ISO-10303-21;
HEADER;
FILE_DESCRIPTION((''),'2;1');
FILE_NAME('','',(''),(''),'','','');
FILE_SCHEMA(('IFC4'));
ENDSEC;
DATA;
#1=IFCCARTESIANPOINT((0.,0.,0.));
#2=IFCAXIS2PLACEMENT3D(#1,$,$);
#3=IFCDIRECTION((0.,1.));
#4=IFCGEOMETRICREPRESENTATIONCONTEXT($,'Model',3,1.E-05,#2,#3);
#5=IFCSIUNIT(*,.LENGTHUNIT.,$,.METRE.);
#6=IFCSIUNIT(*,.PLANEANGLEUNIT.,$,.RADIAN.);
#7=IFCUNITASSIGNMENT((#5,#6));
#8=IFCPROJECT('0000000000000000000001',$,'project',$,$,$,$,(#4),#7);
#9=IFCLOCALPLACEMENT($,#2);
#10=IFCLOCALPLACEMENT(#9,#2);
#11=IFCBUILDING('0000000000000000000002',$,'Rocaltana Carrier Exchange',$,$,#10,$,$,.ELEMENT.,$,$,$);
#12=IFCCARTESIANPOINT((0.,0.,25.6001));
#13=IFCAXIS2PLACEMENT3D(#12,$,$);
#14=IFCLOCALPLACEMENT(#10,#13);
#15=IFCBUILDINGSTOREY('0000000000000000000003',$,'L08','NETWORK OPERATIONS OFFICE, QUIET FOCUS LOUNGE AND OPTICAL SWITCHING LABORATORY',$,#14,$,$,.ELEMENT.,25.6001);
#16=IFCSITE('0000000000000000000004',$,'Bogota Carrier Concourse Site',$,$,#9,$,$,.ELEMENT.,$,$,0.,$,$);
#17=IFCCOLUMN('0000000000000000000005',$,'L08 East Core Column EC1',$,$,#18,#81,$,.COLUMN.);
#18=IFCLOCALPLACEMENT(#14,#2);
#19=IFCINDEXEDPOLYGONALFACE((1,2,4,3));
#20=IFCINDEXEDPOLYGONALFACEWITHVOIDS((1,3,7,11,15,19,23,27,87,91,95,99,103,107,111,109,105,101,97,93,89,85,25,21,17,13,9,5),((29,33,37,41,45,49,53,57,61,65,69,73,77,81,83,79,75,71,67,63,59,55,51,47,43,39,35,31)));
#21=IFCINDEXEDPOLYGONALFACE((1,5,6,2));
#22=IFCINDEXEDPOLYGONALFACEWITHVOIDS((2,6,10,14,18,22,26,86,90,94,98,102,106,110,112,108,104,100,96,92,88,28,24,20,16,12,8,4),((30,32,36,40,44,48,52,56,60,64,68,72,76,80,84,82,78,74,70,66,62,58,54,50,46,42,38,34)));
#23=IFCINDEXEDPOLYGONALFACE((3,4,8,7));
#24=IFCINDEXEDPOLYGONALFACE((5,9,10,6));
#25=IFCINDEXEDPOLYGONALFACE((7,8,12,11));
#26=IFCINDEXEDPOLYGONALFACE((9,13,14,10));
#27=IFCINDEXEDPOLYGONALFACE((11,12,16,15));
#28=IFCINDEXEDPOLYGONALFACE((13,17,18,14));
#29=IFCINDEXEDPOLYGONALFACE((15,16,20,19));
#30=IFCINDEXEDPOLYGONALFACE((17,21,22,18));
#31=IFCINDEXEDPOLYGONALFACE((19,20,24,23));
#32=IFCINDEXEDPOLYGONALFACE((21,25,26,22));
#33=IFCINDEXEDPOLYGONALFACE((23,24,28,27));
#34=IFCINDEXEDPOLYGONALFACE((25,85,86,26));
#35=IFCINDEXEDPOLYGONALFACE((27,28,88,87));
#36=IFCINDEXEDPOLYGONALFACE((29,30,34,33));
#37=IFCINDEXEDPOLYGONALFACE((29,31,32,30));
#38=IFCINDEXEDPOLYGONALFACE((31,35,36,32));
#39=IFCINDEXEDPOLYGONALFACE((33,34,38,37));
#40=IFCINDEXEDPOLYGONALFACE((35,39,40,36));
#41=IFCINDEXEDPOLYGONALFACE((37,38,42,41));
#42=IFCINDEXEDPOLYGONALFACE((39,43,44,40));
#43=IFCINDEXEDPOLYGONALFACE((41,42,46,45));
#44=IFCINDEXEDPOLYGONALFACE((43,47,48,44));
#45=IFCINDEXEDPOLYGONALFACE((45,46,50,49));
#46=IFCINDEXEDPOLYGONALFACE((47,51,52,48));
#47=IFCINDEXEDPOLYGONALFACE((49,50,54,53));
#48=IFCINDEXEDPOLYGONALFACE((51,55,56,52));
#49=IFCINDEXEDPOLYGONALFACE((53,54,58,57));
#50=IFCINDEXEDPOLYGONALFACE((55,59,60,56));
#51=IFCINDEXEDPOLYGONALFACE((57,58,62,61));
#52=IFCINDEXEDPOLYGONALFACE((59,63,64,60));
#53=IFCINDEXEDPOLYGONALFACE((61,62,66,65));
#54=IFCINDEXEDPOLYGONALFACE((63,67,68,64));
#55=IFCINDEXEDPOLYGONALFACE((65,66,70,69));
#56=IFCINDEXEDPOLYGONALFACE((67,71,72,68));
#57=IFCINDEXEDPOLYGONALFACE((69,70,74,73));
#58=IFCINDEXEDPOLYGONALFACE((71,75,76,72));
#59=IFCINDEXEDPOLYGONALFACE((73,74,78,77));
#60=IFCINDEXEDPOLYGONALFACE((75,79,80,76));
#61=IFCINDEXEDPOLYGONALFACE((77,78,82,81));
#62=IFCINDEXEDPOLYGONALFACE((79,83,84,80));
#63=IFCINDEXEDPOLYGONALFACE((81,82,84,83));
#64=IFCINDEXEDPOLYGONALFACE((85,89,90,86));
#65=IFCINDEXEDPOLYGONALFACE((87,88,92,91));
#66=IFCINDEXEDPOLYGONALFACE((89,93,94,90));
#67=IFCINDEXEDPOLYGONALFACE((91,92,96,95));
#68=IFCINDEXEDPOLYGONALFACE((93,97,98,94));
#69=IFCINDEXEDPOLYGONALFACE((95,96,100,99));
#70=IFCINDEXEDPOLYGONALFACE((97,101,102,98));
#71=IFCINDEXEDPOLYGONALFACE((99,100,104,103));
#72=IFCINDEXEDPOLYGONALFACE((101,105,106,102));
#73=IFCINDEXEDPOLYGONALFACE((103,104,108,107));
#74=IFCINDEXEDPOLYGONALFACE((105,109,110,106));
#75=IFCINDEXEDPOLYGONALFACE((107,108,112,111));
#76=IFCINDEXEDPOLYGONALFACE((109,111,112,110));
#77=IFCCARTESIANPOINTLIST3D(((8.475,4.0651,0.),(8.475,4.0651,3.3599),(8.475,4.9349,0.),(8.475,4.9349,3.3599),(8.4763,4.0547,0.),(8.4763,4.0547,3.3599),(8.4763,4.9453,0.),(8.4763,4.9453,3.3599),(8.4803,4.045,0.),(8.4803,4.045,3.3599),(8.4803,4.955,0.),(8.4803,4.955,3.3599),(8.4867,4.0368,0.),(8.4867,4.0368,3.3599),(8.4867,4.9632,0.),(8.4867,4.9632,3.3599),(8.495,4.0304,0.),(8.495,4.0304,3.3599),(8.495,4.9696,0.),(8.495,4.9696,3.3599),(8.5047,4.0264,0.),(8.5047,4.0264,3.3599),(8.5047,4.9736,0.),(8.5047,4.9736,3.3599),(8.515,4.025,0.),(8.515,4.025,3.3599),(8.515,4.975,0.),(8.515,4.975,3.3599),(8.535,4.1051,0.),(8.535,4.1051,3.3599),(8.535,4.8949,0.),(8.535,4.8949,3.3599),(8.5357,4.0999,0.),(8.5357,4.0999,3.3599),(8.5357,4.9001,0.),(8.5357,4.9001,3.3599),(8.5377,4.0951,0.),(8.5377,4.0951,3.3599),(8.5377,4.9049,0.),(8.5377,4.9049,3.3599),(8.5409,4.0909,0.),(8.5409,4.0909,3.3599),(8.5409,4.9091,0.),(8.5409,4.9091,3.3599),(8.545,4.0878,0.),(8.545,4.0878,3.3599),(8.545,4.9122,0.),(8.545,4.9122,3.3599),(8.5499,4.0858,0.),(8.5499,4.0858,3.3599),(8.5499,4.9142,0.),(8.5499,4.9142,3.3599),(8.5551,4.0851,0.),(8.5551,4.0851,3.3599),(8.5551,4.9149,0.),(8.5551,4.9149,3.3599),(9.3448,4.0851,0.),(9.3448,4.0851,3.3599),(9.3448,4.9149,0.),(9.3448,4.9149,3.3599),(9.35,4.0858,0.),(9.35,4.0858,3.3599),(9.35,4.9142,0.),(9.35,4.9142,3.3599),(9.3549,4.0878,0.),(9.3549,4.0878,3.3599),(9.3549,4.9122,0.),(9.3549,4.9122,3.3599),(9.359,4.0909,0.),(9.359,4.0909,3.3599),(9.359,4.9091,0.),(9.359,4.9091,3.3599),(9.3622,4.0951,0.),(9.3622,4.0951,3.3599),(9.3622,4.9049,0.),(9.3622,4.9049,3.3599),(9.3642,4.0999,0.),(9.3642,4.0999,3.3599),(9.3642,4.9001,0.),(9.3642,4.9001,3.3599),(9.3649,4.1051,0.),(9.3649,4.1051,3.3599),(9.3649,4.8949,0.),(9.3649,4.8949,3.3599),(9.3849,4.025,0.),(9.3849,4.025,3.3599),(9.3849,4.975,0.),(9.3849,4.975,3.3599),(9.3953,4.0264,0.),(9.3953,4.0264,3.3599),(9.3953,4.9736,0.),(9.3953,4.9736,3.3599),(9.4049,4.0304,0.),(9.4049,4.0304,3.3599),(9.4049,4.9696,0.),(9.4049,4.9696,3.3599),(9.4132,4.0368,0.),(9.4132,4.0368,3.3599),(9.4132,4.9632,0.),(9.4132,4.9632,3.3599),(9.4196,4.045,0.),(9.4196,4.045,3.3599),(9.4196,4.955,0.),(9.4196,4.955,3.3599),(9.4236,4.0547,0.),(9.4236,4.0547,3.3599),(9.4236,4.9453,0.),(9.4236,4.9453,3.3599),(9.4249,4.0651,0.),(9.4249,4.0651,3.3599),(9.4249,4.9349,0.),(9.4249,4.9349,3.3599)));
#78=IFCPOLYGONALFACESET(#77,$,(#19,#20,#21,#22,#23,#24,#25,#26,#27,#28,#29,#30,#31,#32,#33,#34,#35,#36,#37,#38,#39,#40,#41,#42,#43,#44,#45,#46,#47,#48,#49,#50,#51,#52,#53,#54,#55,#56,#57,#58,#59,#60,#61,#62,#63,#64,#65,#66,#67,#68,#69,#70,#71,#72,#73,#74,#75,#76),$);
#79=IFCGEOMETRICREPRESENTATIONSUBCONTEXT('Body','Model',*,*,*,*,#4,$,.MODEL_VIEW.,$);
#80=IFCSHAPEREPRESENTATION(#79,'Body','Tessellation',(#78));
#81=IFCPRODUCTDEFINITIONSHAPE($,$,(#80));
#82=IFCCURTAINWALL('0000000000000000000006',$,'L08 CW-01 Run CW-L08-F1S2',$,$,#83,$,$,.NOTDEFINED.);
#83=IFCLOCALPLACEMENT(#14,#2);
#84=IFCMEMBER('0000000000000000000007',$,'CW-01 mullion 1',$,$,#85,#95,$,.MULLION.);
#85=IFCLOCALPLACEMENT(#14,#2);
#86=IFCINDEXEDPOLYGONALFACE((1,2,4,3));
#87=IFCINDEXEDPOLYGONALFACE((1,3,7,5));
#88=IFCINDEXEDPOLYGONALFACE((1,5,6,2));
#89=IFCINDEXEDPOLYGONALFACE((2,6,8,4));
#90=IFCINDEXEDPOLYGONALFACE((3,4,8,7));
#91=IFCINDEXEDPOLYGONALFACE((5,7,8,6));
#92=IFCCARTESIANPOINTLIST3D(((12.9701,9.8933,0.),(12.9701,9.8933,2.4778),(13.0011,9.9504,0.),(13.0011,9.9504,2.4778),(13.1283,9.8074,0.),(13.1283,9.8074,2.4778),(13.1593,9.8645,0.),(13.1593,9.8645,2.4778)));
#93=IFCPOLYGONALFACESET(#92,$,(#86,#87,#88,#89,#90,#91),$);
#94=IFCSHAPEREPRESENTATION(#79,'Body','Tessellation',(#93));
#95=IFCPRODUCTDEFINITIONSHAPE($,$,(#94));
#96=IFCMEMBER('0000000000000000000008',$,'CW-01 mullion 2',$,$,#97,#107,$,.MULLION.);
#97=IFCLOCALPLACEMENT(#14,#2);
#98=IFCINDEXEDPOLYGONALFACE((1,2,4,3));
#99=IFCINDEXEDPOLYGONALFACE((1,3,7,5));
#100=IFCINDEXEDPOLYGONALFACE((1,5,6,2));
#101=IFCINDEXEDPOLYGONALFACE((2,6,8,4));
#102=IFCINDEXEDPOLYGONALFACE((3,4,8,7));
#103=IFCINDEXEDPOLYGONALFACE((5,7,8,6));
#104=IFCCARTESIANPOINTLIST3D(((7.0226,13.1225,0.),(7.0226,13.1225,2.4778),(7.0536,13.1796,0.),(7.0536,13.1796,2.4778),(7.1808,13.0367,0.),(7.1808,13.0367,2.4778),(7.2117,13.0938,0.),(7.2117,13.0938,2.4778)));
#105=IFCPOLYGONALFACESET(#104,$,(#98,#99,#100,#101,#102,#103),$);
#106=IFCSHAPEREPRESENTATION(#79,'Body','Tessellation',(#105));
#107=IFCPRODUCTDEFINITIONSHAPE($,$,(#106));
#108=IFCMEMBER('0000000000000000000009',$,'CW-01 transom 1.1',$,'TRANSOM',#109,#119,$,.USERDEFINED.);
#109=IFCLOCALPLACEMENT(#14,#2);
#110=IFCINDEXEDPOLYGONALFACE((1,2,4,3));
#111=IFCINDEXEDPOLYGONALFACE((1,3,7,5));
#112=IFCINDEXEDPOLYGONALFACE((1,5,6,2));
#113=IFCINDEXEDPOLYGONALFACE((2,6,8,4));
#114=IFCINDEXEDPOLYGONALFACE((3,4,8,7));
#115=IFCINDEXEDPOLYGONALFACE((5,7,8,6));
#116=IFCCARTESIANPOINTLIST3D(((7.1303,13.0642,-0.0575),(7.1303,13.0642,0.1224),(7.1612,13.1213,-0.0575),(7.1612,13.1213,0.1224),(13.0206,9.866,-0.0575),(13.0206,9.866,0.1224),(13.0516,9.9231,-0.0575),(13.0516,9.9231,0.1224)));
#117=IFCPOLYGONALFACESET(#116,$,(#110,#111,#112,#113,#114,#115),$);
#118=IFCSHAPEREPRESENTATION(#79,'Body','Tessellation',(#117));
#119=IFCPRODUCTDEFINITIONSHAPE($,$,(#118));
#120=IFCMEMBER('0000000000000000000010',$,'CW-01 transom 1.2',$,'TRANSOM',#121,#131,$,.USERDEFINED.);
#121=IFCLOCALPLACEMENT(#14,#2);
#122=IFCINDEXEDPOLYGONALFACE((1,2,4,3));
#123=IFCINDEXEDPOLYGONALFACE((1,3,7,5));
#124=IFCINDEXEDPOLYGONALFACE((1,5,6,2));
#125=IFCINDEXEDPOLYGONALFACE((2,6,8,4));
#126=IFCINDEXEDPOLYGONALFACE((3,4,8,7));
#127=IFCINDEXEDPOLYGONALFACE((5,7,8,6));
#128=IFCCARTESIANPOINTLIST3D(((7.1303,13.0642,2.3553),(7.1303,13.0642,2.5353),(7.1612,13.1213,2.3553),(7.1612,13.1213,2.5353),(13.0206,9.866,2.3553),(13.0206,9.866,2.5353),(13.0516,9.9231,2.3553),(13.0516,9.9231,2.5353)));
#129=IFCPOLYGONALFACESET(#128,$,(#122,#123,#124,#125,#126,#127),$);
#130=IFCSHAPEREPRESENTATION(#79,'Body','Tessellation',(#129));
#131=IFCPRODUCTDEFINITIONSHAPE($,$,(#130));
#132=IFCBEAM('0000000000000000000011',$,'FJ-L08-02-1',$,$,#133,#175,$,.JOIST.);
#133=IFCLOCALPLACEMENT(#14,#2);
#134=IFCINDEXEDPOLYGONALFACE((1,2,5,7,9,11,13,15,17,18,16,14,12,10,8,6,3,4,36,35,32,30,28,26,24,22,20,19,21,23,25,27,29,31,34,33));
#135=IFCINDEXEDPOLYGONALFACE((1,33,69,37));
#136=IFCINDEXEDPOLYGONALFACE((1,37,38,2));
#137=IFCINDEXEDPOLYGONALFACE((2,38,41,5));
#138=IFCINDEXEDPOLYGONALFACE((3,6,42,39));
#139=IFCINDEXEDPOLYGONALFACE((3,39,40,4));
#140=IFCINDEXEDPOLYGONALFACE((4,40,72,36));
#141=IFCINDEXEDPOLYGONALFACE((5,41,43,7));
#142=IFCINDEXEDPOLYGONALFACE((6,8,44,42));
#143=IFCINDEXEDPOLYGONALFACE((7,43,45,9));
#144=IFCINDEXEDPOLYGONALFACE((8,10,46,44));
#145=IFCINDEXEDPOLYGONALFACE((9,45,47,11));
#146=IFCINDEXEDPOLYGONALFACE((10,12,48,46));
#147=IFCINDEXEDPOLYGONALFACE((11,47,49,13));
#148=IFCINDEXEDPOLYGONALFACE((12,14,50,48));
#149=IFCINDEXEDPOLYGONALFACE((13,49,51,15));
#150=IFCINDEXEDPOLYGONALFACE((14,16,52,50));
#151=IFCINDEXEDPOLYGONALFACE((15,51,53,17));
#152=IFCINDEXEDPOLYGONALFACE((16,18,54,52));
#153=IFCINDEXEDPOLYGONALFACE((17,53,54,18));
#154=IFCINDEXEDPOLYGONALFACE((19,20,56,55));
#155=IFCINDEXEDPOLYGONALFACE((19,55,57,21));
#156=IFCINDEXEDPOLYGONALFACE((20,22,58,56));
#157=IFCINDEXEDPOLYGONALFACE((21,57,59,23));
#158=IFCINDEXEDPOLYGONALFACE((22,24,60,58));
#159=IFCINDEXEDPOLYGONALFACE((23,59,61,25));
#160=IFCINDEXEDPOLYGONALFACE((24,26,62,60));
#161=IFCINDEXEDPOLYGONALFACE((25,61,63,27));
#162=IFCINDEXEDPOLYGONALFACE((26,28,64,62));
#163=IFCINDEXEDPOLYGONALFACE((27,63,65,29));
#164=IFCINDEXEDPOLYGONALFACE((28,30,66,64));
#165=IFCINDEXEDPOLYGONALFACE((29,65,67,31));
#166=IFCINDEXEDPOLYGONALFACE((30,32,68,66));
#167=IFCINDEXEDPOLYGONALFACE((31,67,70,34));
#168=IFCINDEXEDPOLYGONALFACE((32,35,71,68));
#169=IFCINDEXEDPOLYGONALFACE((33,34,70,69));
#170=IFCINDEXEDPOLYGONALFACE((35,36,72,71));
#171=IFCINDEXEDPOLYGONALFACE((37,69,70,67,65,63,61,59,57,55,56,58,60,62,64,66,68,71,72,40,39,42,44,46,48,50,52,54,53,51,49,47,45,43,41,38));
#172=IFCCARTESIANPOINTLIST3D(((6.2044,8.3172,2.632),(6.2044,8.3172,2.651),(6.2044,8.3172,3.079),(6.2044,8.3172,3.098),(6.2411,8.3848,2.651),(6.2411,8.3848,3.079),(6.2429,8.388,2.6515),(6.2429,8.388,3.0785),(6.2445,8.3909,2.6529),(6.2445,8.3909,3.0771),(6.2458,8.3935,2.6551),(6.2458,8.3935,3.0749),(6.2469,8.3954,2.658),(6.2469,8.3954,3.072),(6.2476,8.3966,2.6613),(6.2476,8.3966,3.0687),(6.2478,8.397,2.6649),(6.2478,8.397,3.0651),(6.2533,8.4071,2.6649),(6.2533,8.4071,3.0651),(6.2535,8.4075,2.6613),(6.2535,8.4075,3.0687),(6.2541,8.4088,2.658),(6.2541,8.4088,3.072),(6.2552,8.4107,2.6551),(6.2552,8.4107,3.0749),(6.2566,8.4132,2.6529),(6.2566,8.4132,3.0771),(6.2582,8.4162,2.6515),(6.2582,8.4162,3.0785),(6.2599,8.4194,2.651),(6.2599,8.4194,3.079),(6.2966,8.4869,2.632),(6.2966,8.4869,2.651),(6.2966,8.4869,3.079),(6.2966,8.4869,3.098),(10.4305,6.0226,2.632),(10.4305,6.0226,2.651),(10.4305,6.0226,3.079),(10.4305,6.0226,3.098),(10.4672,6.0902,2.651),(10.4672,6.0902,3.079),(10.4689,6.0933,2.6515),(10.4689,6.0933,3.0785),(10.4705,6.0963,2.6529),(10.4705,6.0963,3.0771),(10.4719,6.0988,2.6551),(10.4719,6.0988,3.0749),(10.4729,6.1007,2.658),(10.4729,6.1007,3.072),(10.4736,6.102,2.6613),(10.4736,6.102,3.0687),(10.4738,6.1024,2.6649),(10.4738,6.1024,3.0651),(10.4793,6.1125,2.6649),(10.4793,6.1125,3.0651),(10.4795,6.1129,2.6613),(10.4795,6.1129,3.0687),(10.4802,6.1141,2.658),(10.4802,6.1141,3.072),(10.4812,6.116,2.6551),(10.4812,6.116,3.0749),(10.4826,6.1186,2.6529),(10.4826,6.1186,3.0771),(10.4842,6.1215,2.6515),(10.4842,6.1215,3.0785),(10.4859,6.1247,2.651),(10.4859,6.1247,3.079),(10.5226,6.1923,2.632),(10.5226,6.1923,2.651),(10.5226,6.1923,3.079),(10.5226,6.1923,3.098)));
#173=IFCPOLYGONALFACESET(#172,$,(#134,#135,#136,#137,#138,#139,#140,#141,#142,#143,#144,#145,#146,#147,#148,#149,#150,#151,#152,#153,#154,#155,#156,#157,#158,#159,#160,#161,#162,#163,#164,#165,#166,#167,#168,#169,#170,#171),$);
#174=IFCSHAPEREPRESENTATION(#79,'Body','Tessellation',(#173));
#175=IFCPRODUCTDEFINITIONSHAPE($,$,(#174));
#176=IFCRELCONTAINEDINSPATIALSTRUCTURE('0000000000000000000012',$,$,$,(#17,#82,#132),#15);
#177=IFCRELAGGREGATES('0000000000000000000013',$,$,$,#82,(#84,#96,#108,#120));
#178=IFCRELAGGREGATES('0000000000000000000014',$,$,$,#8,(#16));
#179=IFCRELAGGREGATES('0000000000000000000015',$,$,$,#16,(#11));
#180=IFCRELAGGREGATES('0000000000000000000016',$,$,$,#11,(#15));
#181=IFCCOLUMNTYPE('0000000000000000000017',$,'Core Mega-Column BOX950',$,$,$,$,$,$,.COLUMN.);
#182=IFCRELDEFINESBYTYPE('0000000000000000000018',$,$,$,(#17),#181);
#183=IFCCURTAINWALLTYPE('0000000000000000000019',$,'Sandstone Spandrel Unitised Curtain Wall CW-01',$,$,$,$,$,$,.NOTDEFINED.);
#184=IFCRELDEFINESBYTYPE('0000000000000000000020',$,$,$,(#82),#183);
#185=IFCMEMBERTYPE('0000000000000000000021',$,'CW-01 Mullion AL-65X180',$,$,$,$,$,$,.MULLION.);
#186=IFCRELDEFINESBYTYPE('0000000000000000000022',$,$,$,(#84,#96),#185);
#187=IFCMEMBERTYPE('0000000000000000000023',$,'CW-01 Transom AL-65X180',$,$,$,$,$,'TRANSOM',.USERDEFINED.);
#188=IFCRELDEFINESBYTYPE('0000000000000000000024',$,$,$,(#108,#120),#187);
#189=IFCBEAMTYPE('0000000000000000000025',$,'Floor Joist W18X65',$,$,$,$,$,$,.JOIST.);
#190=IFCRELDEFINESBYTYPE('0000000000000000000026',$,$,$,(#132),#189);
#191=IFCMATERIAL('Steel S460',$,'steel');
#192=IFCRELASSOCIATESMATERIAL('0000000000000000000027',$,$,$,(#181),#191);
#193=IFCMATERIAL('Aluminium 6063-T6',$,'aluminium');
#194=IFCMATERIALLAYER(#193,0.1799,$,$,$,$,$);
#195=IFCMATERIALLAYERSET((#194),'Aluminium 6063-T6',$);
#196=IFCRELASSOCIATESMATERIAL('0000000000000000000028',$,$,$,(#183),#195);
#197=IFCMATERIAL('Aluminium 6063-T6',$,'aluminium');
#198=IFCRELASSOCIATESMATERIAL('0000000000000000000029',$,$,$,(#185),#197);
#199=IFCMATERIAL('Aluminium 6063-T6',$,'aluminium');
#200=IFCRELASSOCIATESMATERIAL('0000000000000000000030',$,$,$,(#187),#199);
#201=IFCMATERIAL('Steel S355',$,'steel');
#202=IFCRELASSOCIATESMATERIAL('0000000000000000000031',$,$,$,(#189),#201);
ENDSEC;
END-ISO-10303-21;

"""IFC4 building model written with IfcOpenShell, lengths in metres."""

from ifc_helpers import new_model, si_unit, direction, frame, origin, origin_2d, place, context, subcontext, project, spatial, rectangle, hollow_rectangle, i_section, extrude, material, layer, layer_set, material_profile, profile_set, type_object, element, aggregate, save


model = new_model("IFC4")

# Units and contexts
model_context = context("Model", 3, precision=1e-05, world=origin(), true_north=direction((0.0, 1.0)))
body_context = subcontext(model_context, "Body", "Model", "MODEL_VIEW")
ifc_project = project(units=[si_unit("LENGTHUNIT", "METRE"), si_unit("PLANEANGLEUNIT", "RADIAN")], contexts=[model_context])

# Site, building, storey
site_placement = place(None, origin())
site = spatial("IfcSite", under=ifc_project, at=site_placement, Name="Bogota Carrier Concourse Site", CompositionType="ELEMENT", RefElevation=0.0)
building_placement = place(site_placement, origin())
building = spatial("IfcBuilding", under=site, at=building_placement, Name="Rocaltana Carrier Exchange", CompositionType="ELEMENT")
storey_placement = place(building_placement, frame((0.0, 0.0, 25.6001)))
storey = spatial("IfcBuildingStorey", under=building, at=storey_placement, Name="L08", Description="NETWORK OPERATIONS OFFICE, QUIET FOCUS LOUNGE AND OPTICAL SWITCHING LABORATORY", CompositionType="ELEMENT", Elevation=25.6001)

# Column
ifc_material_1 = material(Name="Steel S460", Category="steel")
ifc_material_profile_1 = material_profile(ifc_material_1, hollow_rectangle(XDim=0.95, YDim=0.95, WallThickness=0.0601, InnerFilletRadius=0.02, OuterFilletRadius=0.04, at=origin_2d()), Name="BOX950X950X60")
ifc_profile_set_1 = profile_set([ifc_material_profile_1], Name="Steel S460")
column_type = type_object("IfcColumnType", Name="Core Mega-Column BOX950", PredefinedType="COLUMN", material=ifc_profile_set_1)
column_placement = place(storey_placement, frame((8.95, 4.5, 0.0), z_axis=(0.0, 0.0, 1.0), x_axis=(1.0, 0.0, 0.0)))
element("IfcColumn", 1, at=column_placement, inside=storey, type_object=column_type, Name="L08 East Core Column EC1", PredefinedType="COLUMN", context=body_context, shape_type="SweptSolid", body=[
    extrude(hollow_rectangle(XDim=0.95, YDim=0.95, WallThickness=0.0601, InnerFilletRadius=0.02, OuterFilletRadius=0.04, at=origin_2d()), origin(), (0.0, 0.0, 1.0), 3.3599),
])

# Curtain wall, members
ifc_material_2 = material(Name="Aluminium 6063-T6", Category="aluminium")
ifc_layer_1 = layer(ifc_material_2, 0.1799)
ifc_layer_set_1 = layer_set([ifc_layer_1], Name="Aluminium 6063-T6")
curtain_wall_type = type_object("IfcCurtainWallType", Name="Sandstone Spandrel Unitised Curtain Wall CW-01", PredefinedType="NOTDEFINED", material=ifc_layer_set_1)
curtain_wall_placement = place(storey_placement, origin())
curtain_wall = element("IfcCurtainWall", 2, at=curtain_wall_placement, inside=storey, type_object=curtain_wall_type, Name="L08 CW-01 Run CW-L08-F1S2", PredefinedType="NOTDEFINED")
ifc_material_3 = material(Name="Aluminium 6063-T6", Category="aluminium")
ifc_material_profile_2 = material_profile(ifc_material_3, rectangle(XDim=0.0649, YDim=0.1799, at=origin_2d()), Name="AL-65X180")
ifc_profile_set_2 = profile_set([ifc_material_profile_2], Name="Aluminium 6063-T6")
member_type_1 = type_object("IfcMemberType", Name="CW-01 Mullion AL-65X180", PredefinedType="MULLION", material=ifc_profile_set_2)
member_1_placement = place(storey_placement, frame((13.0647, 9.8789, 0.0), z_axis=(0.0, 0.0, 1.0), x_axis=(-0.477164, -0.878814, 0.0)))
member_1 = element("IfcMember", 3, at=member_1_placement, type_object=member_type_1, Name="CW-01 mullion 1", PredefinedType="MULLION", context=body_context, shape_type="SweptSolid", body=[
    extrude(rectangle(XDim=0.0649, YDim=0.1799, at=origin_2d()), origin(), (0.0, 0.0, 1.0), 2.4778),
])
member_2_placement = place(storey_placement, frame((7.1172, 13.1082, 0.0), z_axis=(0.0, 0.0, 1.0), x_axis=(-0.477164, -0.878814, 0.0)))
member_2 = element("IfcMember", 4, at=member_2_placement, type_object=member_type_1, Name="CW-01 mullion 2", PredefinedType="MULLION", context=body_context, shape_type="SweptSolid", body=[
    extrude(rectangle(XDim=0.0649, YDim=0.1799, at=origin_2d()), origin(), (0.0, 0.0, 1.0), 2.4778),
])
ifc_material_4 = material(Name="Aluminium 6063-T6", Category="aluminium")
ifc_material_profile_3 = material_profile(ifc_material_4, rectangle(XDim=0.0649, YDim=0.1799, at=origin_2d()), Name="AL-65X180")
ifc_profile_set_3 = profile_set([ifc_material_profile_3], Name="Aluminium 6063-T6")
member_type_2 = type_object("IfcMemberType", Name="CW-01 Transom AL-65X180", ElementType="TRANSOM", PredefinedType="USERDEFINED", material=ifc_profile_set_3)
member_3_placement = place(storey_placement, frame((13.0361, 9.8945, 0.0325), z_axis=(-0.878815, 0.477162, 0.0), x_axis=(-0.477162, -0.878815, 0.0)))
member_3 = element("IfcMember", 5, at=member_3_placement, type_object=member_type_2, Name="CW-01 transom 1.1", ObjectType="TRANSOM", PredefinedType="USERDEFINED", context=body_context, shape_type="SweptSolid", body=[
    extrude(rectangle(XDim=0.0649, YDim=0.1799, at=origin_2d()), origin(), (0.0, 0.0, 1.0), 6.7026),
])
member_4_placement = place(storey_placement, frame((13.0361, 9.8945, 2.4453), z_axis=(-0.878815, 0.477162, 0.0), x_axis=(-0.477162, -0.878815, 0.0)))
member_4 = element("IfcMember", 6, at=member_4_placement, type_object=member_type_2, Name="CW-01 transom 1.2", ObjectType="TRANSOM", PredefinedType="USERDEFINED", context=body_context, shape_type="SweptSolid", body=[
    extrude(rectangle(XDim=0.0649, YDim=0.1799, at=origin_2d()), origin(), (0.0, 0.0, 1.0), 6.7026),
])

# Beam
ifc_material_5 = material(Name="Steel S355", Category="steel")
ifc_material_profile_4 = material_profile(ifc_material_5, i_section(OverallWidth=0.1931, OverallDepth=0.4661, WebThickness=0.0115, FlangeThickness=0.019, FilletRadius=0.0139, at=origin_2d()), Name="W18X65")
ifc_profile_set_4 = profile_set([ifc_material_profile_4], Name="Steel S355")
beam_type_1 = type_object("IfcBeamType", Name="Floor Joist W18X65", PredefinedType="JOIST", material=ifc_profile_set_4)
beam_1_placement = place(storey_placement, frame((10.4766, 6.1074, 2.865), z_axis=(-0.878808, 0.477176, 0.0), x_axis=(-0.477176, -0.878808, 0.0)))
element("IfcBeam", 7, at=beam_1_placement, inside=storey, type_object=beam_type_1, Name="FJ-L08-02-1", PredefinedType="JOIST", context=body_context, shape_type="SweptSolid", body=[
    extrude(i_section(OverallWidth=0.1931, OverallDepth=0.4661, WebThickness=0.0115, FlangeThickness=0.019, FilletRadius=0.0139, at=origin_2d()), origin(), (0.0, 0.0, 1.0), 4.8088),
])

aggregate(curtain_wall, [member_1, member_2, member_3, member_4])

save(model, "model.ifc")
